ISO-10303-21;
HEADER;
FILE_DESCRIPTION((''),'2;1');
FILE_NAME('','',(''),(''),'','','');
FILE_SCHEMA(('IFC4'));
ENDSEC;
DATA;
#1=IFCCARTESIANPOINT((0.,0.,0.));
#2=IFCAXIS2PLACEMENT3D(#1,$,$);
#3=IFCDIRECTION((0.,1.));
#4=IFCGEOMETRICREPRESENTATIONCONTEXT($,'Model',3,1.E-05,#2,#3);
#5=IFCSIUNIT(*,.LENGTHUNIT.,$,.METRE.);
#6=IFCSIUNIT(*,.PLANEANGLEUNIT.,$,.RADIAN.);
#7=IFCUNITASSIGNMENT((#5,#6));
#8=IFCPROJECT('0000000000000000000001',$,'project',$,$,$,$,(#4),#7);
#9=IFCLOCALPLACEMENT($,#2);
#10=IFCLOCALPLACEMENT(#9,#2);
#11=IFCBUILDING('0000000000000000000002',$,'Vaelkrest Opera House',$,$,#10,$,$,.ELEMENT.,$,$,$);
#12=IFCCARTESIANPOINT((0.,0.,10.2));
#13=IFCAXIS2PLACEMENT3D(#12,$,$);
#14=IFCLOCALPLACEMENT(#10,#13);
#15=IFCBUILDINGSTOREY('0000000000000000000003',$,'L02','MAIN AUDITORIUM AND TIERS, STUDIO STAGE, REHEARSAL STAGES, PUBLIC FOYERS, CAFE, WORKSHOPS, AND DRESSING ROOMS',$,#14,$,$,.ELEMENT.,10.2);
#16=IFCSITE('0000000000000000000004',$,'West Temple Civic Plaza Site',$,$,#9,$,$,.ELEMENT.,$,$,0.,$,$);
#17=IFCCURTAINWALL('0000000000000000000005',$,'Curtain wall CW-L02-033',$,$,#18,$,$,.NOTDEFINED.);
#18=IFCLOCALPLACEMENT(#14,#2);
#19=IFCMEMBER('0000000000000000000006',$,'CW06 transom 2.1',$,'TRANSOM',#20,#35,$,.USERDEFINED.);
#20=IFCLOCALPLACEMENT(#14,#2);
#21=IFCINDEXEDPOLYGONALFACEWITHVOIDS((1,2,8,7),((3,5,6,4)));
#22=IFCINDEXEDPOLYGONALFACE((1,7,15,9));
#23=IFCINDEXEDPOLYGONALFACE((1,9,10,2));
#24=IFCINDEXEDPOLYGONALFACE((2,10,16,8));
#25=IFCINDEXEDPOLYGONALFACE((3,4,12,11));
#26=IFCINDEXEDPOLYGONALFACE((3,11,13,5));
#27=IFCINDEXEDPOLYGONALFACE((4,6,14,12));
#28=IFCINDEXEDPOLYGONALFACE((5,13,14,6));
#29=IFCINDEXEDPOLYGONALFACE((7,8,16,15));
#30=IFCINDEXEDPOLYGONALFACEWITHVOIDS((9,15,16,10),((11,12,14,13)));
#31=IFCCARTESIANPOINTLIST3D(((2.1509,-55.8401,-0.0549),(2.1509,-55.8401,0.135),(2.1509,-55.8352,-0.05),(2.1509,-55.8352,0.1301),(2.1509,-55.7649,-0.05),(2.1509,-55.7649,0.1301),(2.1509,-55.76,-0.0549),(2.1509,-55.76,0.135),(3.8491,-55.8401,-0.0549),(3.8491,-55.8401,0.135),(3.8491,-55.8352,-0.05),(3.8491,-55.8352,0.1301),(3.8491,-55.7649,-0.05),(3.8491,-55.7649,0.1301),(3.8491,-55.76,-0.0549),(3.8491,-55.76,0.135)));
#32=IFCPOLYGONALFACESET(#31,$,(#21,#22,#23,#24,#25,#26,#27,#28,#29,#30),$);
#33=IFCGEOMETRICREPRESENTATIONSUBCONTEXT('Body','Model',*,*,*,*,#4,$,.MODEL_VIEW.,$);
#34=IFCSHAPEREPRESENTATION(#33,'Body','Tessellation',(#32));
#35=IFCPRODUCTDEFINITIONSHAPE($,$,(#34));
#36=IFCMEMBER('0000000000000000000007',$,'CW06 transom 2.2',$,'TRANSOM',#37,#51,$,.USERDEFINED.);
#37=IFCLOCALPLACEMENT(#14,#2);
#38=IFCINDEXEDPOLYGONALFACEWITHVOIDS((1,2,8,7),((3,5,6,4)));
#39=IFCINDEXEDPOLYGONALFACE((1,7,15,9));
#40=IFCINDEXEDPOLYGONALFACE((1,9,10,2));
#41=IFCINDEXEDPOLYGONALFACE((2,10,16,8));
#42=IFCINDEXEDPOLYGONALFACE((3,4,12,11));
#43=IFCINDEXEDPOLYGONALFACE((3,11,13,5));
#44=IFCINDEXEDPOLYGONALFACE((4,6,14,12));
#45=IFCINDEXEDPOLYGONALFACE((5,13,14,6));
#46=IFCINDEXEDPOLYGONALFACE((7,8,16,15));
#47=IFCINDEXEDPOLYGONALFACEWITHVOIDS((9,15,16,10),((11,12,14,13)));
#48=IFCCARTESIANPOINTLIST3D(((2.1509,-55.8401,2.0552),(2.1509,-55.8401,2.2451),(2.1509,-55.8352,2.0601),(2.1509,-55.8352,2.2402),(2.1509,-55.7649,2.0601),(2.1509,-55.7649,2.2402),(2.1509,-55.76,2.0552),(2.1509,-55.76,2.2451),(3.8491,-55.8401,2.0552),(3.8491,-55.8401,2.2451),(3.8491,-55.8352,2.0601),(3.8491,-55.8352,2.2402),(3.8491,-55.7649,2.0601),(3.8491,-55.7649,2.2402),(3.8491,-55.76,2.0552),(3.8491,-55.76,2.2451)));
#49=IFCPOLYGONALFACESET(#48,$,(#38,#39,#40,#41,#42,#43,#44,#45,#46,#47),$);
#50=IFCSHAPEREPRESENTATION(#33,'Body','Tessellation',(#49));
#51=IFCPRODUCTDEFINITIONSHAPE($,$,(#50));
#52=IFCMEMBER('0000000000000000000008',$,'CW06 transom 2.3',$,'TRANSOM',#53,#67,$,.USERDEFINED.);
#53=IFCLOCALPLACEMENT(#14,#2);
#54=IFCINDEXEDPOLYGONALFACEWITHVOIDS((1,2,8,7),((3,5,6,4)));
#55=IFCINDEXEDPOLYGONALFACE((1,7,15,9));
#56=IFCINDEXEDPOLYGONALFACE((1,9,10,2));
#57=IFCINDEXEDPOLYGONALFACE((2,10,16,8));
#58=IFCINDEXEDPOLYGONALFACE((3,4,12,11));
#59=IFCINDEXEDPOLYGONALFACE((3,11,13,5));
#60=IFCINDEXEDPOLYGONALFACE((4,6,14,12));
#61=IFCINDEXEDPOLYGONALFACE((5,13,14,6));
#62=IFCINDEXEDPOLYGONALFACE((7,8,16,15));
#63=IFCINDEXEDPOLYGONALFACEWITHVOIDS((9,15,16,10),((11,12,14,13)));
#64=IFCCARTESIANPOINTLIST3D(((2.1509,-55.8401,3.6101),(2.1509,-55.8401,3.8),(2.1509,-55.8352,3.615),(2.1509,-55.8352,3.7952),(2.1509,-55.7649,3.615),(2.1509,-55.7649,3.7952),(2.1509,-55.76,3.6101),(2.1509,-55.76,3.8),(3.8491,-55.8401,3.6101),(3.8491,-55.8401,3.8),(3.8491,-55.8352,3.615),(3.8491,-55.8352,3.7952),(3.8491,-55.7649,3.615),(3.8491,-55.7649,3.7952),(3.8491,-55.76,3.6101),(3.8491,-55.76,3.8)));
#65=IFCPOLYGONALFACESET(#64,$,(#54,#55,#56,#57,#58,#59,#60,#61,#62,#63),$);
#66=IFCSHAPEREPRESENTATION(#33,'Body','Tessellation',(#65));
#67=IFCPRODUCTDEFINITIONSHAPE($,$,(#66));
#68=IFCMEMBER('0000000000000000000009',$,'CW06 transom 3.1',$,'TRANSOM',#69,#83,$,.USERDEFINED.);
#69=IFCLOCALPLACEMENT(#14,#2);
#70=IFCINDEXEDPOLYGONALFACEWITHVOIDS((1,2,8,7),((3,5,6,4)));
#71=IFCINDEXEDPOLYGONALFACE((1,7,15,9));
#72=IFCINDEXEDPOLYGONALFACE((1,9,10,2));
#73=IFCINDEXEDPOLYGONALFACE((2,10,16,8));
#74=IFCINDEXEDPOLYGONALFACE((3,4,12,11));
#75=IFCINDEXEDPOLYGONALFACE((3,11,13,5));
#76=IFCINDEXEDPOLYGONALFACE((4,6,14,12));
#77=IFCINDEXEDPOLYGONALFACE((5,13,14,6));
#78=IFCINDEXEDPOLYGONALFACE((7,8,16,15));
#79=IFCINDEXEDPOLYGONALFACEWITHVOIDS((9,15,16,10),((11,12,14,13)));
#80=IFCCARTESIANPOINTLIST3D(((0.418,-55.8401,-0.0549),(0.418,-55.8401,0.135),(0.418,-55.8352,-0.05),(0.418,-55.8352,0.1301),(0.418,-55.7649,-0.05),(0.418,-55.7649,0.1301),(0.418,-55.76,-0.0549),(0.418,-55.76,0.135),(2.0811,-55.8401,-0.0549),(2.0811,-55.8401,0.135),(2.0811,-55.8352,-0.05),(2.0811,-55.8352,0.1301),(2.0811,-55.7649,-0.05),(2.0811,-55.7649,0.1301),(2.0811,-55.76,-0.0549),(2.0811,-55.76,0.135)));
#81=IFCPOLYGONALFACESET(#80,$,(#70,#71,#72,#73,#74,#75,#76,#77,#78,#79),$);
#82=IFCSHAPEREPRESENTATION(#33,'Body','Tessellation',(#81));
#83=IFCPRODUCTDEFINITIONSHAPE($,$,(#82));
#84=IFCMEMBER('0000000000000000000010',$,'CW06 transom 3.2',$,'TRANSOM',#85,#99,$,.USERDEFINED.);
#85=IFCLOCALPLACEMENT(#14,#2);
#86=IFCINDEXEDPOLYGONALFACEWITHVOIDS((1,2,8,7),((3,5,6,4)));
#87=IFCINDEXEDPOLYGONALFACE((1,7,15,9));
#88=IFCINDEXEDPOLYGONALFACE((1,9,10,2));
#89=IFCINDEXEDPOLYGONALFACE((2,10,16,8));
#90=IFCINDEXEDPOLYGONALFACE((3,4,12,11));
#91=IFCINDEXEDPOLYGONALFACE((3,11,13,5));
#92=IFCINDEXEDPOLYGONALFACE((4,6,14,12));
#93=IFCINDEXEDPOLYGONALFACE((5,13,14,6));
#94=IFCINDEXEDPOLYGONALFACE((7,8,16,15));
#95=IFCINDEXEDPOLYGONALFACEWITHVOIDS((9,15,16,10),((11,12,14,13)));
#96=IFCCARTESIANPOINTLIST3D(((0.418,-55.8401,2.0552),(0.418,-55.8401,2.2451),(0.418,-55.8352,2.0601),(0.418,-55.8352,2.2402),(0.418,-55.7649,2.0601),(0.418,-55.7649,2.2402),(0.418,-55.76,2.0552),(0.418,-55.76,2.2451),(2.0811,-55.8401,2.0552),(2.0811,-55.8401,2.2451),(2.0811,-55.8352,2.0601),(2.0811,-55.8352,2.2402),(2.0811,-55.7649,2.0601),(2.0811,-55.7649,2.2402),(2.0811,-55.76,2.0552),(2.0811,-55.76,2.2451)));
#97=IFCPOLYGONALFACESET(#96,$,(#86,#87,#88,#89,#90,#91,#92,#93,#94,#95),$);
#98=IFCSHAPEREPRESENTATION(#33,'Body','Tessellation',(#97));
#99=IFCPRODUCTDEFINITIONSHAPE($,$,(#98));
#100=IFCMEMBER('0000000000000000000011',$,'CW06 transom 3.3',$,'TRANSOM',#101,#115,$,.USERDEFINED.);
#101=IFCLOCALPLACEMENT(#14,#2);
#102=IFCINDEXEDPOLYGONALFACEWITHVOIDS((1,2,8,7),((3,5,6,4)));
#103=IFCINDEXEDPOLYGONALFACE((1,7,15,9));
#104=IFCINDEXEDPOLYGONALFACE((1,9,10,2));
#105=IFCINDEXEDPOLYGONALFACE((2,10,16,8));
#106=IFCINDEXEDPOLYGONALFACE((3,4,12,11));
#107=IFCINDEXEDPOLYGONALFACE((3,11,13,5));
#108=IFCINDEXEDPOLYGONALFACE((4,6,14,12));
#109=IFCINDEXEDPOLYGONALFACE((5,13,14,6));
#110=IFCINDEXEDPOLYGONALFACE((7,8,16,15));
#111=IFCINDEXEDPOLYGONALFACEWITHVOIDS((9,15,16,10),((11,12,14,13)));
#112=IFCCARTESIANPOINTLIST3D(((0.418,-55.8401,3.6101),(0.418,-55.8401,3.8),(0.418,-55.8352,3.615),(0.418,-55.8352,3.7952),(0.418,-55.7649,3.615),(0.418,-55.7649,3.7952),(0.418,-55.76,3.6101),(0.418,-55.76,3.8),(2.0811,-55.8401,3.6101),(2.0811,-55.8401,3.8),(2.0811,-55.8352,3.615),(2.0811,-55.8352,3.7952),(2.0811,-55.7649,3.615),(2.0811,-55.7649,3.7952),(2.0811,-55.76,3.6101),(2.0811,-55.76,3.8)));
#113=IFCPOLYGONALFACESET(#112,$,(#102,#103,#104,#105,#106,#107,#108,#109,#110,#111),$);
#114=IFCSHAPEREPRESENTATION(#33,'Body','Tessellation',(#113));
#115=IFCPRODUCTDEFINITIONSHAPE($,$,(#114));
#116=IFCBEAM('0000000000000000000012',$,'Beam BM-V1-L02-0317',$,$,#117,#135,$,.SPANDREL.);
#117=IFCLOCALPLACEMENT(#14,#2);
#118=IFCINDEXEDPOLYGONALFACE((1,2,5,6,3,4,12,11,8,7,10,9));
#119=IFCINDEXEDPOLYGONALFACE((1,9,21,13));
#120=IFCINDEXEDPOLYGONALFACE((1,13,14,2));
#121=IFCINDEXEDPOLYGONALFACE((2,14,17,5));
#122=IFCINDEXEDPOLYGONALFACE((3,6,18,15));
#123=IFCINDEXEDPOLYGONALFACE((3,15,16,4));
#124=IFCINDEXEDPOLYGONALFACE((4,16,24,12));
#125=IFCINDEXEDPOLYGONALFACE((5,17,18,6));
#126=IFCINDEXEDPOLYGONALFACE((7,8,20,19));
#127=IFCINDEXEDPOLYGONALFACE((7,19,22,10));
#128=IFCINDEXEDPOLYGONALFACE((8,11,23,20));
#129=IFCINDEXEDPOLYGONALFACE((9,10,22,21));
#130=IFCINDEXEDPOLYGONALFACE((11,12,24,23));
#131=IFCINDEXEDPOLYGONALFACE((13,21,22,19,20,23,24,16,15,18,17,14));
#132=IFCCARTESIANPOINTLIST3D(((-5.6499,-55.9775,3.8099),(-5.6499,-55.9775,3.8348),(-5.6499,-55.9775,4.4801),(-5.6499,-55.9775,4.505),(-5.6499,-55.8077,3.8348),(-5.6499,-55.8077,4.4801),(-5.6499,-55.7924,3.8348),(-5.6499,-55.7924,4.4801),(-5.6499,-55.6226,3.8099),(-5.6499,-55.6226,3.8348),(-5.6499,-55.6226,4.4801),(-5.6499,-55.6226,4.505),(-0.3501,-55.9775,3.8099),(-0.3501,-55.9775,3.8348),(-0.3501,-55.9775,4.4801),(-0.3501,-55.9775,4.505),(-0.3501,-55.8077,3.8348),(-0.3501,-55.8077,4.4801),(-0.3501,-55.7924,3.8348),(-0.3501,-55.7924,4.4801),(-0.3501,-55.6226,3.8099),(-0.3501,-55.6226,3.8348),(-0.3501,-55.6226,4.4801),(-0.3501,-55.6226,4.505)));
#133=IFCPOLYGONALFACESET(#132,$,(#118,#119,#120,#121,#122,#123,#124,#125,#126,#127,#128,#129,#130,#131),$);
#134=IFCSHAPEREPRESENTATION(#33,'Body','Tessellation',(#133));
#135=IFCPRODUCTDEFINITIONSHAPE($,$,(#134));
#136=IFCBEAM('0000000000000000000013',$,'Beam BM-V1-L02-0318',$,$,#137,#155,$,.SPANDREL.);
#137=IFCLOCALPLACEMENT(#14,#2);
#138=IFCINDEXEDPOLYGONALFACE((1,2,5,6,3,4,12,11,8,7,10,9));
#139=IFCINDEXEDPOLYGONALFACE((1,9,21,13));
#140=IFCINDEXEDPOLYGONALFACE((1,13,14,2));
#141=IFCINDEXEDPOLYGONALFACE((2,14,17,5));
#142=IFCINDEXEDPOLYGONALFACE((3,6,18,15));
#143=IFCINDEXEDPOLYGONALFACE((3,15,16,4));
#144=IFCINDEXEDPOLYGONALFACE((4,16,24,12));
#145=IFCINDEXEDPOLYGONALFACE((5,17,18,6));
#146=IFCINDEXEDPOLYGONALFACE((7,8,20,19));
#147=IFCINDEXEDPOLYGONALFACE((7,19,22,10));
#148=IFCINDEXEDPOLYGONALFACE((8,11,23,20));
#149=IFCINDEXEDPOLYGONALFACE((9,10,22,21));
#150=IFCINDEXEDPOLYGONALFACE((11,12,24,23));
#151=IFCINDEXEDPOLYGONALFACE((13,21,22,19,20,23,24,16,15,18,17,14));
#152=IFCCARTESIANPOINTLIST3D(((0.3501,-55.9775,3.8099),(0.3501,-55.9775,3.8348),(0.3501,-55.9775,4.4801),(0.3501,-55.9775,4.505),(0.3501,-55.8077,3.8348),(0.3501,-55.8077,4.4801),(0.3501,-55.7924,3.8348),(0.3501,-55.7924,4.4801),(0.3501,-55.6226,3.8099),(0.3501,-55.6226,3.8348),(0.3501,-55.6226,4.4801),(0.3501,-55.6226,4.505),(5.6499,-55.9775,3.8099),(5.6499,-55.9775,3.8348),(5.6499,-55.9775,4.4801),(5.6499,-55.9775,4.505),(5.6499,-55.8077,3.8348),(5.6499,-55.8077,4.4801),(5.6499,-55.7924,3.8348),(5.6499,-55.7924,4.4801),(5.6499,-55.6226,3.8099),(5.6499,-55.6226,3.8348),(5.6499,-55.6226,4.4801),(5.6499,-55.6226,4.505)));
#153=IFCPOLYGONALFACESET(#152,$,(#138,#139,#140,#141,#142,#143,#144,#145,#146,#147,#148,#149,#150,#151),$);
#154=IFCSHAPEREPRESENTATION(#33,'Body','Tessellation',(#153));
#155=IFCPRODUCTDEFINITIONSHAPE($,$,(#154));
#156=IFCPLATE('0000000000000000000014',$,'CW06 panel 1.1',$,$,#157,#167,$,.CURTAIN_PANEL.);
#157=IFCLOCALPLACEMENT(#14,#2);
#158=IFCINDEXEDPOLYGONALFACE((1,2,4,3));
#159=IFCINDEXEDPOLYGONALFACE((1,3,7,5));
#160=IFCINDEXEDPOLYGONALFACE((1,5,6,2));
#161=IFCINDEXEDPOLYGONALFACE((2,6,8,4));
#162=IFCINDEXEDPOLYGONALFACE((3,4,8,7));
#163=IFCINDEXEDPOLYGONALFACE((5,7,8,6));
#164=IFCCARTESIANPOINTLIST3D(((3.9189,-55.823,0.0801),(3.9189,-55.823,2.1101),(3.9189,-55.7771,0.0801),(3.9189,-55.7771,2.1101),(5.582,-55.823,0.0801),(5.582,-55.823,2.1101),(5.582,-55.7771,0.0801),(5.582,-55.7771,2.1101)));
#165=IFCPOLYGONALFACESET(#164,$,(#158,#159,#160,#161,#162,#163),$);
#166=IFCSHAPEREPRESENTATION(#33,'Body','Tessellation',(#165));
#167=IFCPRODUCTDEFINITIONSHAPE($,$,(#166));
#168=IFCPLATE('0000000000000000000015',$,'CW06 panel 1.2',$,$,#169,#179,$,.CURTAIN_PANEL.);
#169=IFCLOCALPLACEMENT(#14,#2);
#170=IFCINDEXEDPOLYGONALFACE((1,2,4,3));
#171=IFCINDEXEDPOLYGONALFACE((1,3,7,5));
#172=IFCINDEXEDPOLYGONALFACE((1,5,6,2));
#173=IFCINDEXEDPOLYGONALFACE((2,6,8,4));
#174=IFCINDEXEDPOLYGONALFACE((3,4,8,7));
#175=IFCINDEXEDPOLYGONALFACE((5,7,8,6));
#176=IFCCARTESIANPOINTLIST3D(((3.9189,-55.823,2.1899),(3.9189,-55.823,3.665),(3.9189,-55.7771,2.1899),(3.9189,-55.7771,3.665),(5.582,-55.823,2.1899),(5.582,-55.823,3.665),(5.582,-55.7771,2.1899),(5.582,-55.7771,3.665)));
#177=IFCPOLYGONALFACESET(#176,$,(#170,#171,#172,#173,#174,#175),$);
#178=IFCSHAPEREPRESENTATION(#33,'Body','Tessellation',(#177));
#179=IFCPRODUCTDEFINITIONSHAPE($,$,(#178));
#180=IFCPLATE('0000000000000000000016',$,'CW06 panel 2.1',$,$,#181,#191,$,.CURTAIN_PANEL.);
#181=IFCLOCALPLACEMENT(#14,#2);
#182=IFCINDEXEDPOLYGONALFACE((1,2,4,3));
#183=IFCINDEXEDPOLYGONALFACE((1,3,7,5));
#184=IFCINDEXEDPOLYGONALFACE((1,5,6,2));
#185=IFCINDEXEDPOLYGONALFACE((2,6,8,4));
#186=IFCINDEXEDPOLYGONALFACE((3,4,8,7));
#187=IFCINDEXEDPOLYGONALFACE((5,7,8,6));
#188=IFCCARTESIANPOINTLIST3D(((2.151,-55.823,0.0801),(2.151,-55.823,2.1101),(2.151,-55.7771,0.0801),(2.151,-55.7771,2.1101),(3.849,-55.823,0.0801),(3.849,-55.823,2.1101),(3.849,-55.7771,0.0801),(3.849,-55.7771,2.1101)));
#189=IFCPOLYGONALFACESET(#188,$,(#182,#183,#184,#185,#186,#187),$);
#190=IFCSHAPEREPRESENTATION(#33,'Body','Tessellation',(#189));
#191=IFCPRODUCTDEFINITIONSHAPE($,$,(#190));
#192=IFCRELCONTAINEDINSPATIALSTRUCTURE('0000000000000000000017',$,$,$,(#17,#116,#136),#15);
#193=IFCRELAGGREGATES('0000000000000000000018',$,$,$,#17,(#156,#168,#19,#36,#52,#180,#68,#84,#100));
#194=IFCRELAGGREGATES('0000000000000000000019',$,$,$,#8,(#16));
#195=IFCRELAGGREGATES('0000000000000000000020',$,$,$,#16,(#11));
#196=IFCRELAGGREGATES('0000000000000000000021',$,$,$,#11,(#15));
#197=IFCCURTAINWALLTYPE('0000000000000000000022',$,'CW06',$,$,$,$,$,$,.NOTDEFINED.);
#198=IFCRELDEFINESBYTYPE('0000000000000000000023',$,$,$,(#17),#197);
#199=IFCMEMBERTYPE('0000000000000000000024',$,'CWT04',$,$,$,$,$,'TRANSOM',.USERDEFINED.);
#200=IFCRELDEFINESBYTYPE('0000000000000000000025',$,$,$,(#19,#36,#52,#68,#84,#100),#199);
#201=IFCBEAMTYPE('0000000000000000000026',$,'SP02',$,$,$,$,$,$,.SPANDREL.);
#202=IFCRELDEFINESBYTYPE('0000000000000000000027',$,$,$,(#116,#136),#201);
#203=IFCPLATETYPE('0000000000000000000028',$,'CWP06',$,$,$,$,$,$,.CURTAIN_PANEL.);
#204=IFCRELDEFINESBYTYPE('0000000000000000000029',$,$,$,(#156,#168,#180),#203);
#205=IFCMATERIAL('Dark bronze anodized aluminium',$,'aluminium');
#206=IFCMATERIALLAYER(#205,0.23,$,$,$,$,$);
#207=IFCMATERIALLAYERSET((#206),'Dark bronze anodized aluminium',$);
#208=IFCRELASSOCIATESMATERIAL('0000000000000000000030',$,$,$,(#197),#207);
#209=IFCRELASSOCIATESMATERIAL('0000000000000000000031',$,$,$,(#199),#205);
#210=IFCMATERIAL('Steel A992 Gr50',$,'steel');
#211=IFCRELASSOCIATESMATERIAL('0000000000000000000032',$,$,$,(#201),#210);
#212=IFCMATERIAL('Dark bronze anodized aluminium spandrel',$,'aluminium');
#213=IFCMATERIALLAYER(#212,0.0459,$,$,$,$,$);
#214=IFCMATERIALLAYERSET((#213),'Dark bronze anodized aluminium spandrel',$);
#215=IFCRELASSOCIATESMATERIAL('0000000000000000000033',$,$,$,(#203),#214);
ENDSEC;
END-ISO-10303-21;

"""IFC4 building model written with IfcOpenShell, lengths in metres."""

from ifc_helpers import new_model, si_unit, direction, frame, origin, origin_2d, place, context, subcontext, project, spatial, rectangle, hollow_rectangle, i_section, extrude, material, layer, layer_set, material_profile, profile_set, type_object, element, aggregate, save


model = new_model("IFC4")

# Units and contexts
model_context = context("Model", 3, precision=1e-05, world=origin(), true_north=direction((0.0, 1.0)))
body_context = subcontext(model_context, "Body", "Model", "MODEL_VIEW")
ifc_project = project(units=[si_unit("LENGTHUNIT", "METRE"), si_unit("PLANEANGLEUNIT", "RADIAN")], contexts=[model_context])

# Site, building, storey
site_placement = place(None, origin())
site = spatial("IfcSite", under=ifc_project, at=site_placement, Name="West Temple Civic Plaza Site", CompositionType="ELEMENT", RefElevation=0.0)
building_placement = place(site_placement, origin())
building = spatial("IfcBuilding", under=site, at=building_placement, Name="Vaelkrest Opera House", CompositionType="ELEMENT")
storey_placement = place(building_placement, frame((0.0, 0.0, 10.2)))
storey = spatial("IfcBuildingStorey", under=building, at=storey_placement, Name="L02", Description="MAIN AUDITORIUM AND TIERS, STUDIO STAGE, REHEARSAL STAGES, PUBLIC FOYERS, CAFE, WORKSHOPS, AND DRESSING ROOMS", CompositionType="ELEMENT", Elevation=10.2)

# Curtain wall
ifc_material_1 = material(Name="Dark bronze anodized aluminium", Category="aluminium")
ifc_layer_1 = layer(ifc_material_1, 0.23)
ifc_layer_set_1 = layer_set([ifc_layer_1], Name="Dark bronze anodized aluminium")
curtain_wall_type_1 = type_object("IfcCurtainWallType", Name="CW06", PredefinedType="NOTDEFINED", material=ifc_layer_set_1)
curtain_wall_1_placement = place(storey_placement, origin())
curtain_wall_1 = element("IfcCurtainWall", 1, at=curtain_wall_1_placement, inside=storey, type_object=curtain_wall_type_1, Name="Curtain wall CW-L02-033", PredefinedType="NOTDEFINED")

# Members
ifc_material_profile_1 = material_profile(ifc_material_1, hollow_rectangle(XDim=0.0801, YDim=0.1899, WallThickness=0.0049, at=origin_2d()), Name="CWT80X190")
ifc_profile_set_1 = profile_set([ifc_material_profile_1], Name="Dark bronze anodized aluminium")
member_type_1 = type_object("IfcMemberType", Name="CWT04", ElementType="TRANSOM", PredefinedType="USERDEFINED", material=ifc_profile_set_1)
member_1_placement = place(storey_placement, frame((3.8491, -55.8, 0.04), z_axis=(-1.0, 0.0, 0.0), x_axis=(0.0, -1.0, 0.0)))
member_1 = element("IfcMember", 2, at=member_1_placement, type_object=member_type_1, Name="CW06 transom 2.1", ObjectType="TRANSOM", PredefinedType="USERDEFINED", context=body_context, shape_type="SweptSolid", body=[
    extrude(hollow_rectangle(XDim=0.0801, YDim=0.1899, WallThickness=0.0049, at=origin_2d()), origin(), (0.0, 0.0, 1.0), 1.6982),
])
member_2_placement = place(storey_placement, frame((3.8491, -55.8, 2.1501), z_axis=(-1.0, 0.0, 0.0), x_axis=(0.0, -1.0, 0.0)))
member_2 = element("IfcMember", 3, at=member_2_placement, type_object=member_type_1, Name="CW06 transom 2.2", ObjectType="TRANSOM", PredefinedType="USERDEFINED", context=body_context, shape_type="SweptSolid", body=[
    extrude(hollow_rectangle(XDim=0.0801, YDim=0.1899, WallThickness=0.0049, at=origin_2d()), origin(), (0.0, 0.0, 1.0), 1.6982),
])
member_3_placement = place(storey_placement, frame((3.8491, -55.8, 3.7051), z_axis=(-1.0, 0.0, 0.0), x_axis=(0.0, -1.0, 0.0)))
member_3 = element("IfcMember", 4, at=member_3_placement, type_object=member_type_1, Name="CW06 transom 2.3", ObjectType="TRANSOM", PredefinedType="USERDEFINED", context=body_context, shape_type="SweptSolid", body=[
    extrude(hollow_rectangle(XDim=0.0801, YDim=0.1899, WallThickness=0.0049, at=origin_2d()), origin(), (0.0, 0.0, 1.0), 1.6982),
])
member_4_placement = place(storey_placement, frame((2.0811, -55.8, 0.04), z_axis=(-1.0, 0.0, 0.0), x_axis=(0.0, -1.0, 0.0)))
member_4 = element("IfcMember", 5, at=member_4_placement, type_object=member_type_1, Name="CW06 transom 3.1", ObjectType="TRANSOM", PredefinedType="USERDEFINED", context=body_context, shape_type="SweptSolid", body=[
    extrude(hollow_rectangle(XDim=0.0801, YDim=0.1899, WallThickness=0.0049, at=origin_2d()), origin(), (0.0, 0.0, 1.0), 1.6631),
])
member_5_placement = place(storey_placement, frame((2.0811, -55.8, 2.1501), z_axis=(-1.0, 0.0, 0.0), x_axis=(0.0, -1.0, 0.0)))
member_5 = element("IfcMember", 6, at=member_5_placement, type_object=member_type_1, Name="CW06 transom 3.2", ObjectType="TRANSOM", PredefinedType="USERDEFINED", context=body_context, shape_type="SweptSolid", body=[
    extrude(hollow_rectangle(XDim=0.0801, YDim=0.1899, WallThickness=0.0049, at=origin_2d()), origin(), (0.0, 0.0, 1.0), 1.6631),
])
member_6_placement = place(storey_placement, frame((2.0811, -55.8, 3.7051), z_axis=(-1.0, 0.0, 0.0), x_axis=(0.0, -1.0, 0.0)))
member_6 = element("IfcMember", 7, at=member_6_placement, type_object=member_type_1, Name="CW06 transom 3.3", ObjectType="TRANSOM", PredefinedType="USERDEFINED", context=body_context, shape_type="SweptSolid", body=[
    extrude(hollow_rectangle(XDim=0.0801, YDim=0.1899, WallThickness=0.0049, at=origin_2d()), origin(), (0.0, 0.0, 1.0), 1.6631),
])

# Beams
ifc_material_2 = material(Name="Steel A992 Gr50", Category="steel")
ifc_material_profile_2 = material_profile(ifc_material_2, i_section(OverallWidth=0.355, OverallDepth=0.6951, WebThickness=0.0154, FlangeThickness=0.0249, at=origin_2d()), Name="W27X146")
ifc_profile_set_2 = profile_set([ifc_material_profile_2], Name="Steel A992 Gr50")
beam_type = type_object("IfcBeamType", Name="SP02", PredefinedType="SPANDREL", material=ifc_profile_set_2)
for number, where, z_axis, x_axis, name in (
    (8, (-5.6499, -55.8, 4.1575), (1.0, 0.0, 0.0), (0.0, 1.0, 0.0), "Beam BM-V1-L02-0317"),
    (9, (0.3501, -55.8, 4.1575), (1.0, 0.0, 0.0), (0.0, 1.0, 0.0), "Beam BM-V1-L02-0318"),
):
    element("IfcBeam", number, at=place(storey_placement, frame(where, z_axis=z_axis, x_axis=x_axis)), inside=storey, type_object=beam_type, Name=name, PredefinedType="SPANDREL", context=body_context, shape_type="SweptSolid", body=[
        extrude(i_section(OverallWidth=0.355, OverallDepth=0.6951, WebThickness=0.0154, FlangeThickness=0.0249, at=origin_2d()), origin(), (0.0, 0.0, 1.0), 5.2998),
    ])

# Plates
ifc_material_3 = material(Name="Dark bronze anodized aluminium spandrel", Category="aluminium")
ifc_layer_2 = layer(ifc_material_3, 0.0459)
ifc_layer_set_2 = layer_set([ifc_layer_2], Name="Dark bronze anodized aluminium spandrel")
plate_type = type_object("IfcPlateType", Name="CWP06", PredefinedType="CURTAIN_PANEL", material=ifc_layer_set_2)
plate_1_placement = place(storey_placement, frame((4.7505, -55.8, 0.0801), z_axis=(0.0, 0.0, 1.0), x_axis=(-1.0, 0.0, 0.0)))
plate_1 = element("IfcPlate", 10, at=plate_1_placement, type_object=plate_type, Name="CW06 panel 1.1", PredefinedType="CURTAIN_PANEL", context=body_context, shape_type="SweptSolid", body=[
    extrude(rectangle(XDim=1.6631, YDim=0.0459, at=origin_2d()), origin(), (0.0, 0.0, 1.0), 2.03),
])
plate_2_placement = place(storey_placement, frame((4.7505, -55.8, 2.1899), z_axis=(0.0, 0.0, 1.0), x_axis=(-1.0, 0.0, 0.0)))
plate_2 = element("IfcPlate", 11, at=plate_2_placement, type_object=plate_type, Name="CW06 panel 1.2", PredefinedType="CURTAIN_PANEL", context=body_context, shape_type="SweptSolid", body=[
    extrude(rectangle(XDim=1.6631, YDim=0.0459, at=origin_2d()), origin(), (0.0, 0.0, 1.0), 1.4751),
])
plate_3_placement = place(storey_placement, frame((3.0, -55.8, 0.0801), z_axis=(0.0, 0.0, 1.0), x_axis=(-1.0, 0.0, 0.0)))
plate_3 = element("IfcPlate", 12, at=plate_3_placement, type_object=plate_type, Name="CW06 panel 2.1", PredefinedType="CURTAIN_PANEL", context=body_context, shape_type="SweptSolid", body=[
    extrude(rectangle(XDim=1.698, YDim=0.0459, at=origin_2d()), origin(), (0.0, 0.0, 1.0), 2.03),
])
aggregate(curtain_wall_1, [plate_1, plate_2, member_1, member_2, member_3, plate_3, member_4, member_5, member_6])

save(model, "model.ifc")
